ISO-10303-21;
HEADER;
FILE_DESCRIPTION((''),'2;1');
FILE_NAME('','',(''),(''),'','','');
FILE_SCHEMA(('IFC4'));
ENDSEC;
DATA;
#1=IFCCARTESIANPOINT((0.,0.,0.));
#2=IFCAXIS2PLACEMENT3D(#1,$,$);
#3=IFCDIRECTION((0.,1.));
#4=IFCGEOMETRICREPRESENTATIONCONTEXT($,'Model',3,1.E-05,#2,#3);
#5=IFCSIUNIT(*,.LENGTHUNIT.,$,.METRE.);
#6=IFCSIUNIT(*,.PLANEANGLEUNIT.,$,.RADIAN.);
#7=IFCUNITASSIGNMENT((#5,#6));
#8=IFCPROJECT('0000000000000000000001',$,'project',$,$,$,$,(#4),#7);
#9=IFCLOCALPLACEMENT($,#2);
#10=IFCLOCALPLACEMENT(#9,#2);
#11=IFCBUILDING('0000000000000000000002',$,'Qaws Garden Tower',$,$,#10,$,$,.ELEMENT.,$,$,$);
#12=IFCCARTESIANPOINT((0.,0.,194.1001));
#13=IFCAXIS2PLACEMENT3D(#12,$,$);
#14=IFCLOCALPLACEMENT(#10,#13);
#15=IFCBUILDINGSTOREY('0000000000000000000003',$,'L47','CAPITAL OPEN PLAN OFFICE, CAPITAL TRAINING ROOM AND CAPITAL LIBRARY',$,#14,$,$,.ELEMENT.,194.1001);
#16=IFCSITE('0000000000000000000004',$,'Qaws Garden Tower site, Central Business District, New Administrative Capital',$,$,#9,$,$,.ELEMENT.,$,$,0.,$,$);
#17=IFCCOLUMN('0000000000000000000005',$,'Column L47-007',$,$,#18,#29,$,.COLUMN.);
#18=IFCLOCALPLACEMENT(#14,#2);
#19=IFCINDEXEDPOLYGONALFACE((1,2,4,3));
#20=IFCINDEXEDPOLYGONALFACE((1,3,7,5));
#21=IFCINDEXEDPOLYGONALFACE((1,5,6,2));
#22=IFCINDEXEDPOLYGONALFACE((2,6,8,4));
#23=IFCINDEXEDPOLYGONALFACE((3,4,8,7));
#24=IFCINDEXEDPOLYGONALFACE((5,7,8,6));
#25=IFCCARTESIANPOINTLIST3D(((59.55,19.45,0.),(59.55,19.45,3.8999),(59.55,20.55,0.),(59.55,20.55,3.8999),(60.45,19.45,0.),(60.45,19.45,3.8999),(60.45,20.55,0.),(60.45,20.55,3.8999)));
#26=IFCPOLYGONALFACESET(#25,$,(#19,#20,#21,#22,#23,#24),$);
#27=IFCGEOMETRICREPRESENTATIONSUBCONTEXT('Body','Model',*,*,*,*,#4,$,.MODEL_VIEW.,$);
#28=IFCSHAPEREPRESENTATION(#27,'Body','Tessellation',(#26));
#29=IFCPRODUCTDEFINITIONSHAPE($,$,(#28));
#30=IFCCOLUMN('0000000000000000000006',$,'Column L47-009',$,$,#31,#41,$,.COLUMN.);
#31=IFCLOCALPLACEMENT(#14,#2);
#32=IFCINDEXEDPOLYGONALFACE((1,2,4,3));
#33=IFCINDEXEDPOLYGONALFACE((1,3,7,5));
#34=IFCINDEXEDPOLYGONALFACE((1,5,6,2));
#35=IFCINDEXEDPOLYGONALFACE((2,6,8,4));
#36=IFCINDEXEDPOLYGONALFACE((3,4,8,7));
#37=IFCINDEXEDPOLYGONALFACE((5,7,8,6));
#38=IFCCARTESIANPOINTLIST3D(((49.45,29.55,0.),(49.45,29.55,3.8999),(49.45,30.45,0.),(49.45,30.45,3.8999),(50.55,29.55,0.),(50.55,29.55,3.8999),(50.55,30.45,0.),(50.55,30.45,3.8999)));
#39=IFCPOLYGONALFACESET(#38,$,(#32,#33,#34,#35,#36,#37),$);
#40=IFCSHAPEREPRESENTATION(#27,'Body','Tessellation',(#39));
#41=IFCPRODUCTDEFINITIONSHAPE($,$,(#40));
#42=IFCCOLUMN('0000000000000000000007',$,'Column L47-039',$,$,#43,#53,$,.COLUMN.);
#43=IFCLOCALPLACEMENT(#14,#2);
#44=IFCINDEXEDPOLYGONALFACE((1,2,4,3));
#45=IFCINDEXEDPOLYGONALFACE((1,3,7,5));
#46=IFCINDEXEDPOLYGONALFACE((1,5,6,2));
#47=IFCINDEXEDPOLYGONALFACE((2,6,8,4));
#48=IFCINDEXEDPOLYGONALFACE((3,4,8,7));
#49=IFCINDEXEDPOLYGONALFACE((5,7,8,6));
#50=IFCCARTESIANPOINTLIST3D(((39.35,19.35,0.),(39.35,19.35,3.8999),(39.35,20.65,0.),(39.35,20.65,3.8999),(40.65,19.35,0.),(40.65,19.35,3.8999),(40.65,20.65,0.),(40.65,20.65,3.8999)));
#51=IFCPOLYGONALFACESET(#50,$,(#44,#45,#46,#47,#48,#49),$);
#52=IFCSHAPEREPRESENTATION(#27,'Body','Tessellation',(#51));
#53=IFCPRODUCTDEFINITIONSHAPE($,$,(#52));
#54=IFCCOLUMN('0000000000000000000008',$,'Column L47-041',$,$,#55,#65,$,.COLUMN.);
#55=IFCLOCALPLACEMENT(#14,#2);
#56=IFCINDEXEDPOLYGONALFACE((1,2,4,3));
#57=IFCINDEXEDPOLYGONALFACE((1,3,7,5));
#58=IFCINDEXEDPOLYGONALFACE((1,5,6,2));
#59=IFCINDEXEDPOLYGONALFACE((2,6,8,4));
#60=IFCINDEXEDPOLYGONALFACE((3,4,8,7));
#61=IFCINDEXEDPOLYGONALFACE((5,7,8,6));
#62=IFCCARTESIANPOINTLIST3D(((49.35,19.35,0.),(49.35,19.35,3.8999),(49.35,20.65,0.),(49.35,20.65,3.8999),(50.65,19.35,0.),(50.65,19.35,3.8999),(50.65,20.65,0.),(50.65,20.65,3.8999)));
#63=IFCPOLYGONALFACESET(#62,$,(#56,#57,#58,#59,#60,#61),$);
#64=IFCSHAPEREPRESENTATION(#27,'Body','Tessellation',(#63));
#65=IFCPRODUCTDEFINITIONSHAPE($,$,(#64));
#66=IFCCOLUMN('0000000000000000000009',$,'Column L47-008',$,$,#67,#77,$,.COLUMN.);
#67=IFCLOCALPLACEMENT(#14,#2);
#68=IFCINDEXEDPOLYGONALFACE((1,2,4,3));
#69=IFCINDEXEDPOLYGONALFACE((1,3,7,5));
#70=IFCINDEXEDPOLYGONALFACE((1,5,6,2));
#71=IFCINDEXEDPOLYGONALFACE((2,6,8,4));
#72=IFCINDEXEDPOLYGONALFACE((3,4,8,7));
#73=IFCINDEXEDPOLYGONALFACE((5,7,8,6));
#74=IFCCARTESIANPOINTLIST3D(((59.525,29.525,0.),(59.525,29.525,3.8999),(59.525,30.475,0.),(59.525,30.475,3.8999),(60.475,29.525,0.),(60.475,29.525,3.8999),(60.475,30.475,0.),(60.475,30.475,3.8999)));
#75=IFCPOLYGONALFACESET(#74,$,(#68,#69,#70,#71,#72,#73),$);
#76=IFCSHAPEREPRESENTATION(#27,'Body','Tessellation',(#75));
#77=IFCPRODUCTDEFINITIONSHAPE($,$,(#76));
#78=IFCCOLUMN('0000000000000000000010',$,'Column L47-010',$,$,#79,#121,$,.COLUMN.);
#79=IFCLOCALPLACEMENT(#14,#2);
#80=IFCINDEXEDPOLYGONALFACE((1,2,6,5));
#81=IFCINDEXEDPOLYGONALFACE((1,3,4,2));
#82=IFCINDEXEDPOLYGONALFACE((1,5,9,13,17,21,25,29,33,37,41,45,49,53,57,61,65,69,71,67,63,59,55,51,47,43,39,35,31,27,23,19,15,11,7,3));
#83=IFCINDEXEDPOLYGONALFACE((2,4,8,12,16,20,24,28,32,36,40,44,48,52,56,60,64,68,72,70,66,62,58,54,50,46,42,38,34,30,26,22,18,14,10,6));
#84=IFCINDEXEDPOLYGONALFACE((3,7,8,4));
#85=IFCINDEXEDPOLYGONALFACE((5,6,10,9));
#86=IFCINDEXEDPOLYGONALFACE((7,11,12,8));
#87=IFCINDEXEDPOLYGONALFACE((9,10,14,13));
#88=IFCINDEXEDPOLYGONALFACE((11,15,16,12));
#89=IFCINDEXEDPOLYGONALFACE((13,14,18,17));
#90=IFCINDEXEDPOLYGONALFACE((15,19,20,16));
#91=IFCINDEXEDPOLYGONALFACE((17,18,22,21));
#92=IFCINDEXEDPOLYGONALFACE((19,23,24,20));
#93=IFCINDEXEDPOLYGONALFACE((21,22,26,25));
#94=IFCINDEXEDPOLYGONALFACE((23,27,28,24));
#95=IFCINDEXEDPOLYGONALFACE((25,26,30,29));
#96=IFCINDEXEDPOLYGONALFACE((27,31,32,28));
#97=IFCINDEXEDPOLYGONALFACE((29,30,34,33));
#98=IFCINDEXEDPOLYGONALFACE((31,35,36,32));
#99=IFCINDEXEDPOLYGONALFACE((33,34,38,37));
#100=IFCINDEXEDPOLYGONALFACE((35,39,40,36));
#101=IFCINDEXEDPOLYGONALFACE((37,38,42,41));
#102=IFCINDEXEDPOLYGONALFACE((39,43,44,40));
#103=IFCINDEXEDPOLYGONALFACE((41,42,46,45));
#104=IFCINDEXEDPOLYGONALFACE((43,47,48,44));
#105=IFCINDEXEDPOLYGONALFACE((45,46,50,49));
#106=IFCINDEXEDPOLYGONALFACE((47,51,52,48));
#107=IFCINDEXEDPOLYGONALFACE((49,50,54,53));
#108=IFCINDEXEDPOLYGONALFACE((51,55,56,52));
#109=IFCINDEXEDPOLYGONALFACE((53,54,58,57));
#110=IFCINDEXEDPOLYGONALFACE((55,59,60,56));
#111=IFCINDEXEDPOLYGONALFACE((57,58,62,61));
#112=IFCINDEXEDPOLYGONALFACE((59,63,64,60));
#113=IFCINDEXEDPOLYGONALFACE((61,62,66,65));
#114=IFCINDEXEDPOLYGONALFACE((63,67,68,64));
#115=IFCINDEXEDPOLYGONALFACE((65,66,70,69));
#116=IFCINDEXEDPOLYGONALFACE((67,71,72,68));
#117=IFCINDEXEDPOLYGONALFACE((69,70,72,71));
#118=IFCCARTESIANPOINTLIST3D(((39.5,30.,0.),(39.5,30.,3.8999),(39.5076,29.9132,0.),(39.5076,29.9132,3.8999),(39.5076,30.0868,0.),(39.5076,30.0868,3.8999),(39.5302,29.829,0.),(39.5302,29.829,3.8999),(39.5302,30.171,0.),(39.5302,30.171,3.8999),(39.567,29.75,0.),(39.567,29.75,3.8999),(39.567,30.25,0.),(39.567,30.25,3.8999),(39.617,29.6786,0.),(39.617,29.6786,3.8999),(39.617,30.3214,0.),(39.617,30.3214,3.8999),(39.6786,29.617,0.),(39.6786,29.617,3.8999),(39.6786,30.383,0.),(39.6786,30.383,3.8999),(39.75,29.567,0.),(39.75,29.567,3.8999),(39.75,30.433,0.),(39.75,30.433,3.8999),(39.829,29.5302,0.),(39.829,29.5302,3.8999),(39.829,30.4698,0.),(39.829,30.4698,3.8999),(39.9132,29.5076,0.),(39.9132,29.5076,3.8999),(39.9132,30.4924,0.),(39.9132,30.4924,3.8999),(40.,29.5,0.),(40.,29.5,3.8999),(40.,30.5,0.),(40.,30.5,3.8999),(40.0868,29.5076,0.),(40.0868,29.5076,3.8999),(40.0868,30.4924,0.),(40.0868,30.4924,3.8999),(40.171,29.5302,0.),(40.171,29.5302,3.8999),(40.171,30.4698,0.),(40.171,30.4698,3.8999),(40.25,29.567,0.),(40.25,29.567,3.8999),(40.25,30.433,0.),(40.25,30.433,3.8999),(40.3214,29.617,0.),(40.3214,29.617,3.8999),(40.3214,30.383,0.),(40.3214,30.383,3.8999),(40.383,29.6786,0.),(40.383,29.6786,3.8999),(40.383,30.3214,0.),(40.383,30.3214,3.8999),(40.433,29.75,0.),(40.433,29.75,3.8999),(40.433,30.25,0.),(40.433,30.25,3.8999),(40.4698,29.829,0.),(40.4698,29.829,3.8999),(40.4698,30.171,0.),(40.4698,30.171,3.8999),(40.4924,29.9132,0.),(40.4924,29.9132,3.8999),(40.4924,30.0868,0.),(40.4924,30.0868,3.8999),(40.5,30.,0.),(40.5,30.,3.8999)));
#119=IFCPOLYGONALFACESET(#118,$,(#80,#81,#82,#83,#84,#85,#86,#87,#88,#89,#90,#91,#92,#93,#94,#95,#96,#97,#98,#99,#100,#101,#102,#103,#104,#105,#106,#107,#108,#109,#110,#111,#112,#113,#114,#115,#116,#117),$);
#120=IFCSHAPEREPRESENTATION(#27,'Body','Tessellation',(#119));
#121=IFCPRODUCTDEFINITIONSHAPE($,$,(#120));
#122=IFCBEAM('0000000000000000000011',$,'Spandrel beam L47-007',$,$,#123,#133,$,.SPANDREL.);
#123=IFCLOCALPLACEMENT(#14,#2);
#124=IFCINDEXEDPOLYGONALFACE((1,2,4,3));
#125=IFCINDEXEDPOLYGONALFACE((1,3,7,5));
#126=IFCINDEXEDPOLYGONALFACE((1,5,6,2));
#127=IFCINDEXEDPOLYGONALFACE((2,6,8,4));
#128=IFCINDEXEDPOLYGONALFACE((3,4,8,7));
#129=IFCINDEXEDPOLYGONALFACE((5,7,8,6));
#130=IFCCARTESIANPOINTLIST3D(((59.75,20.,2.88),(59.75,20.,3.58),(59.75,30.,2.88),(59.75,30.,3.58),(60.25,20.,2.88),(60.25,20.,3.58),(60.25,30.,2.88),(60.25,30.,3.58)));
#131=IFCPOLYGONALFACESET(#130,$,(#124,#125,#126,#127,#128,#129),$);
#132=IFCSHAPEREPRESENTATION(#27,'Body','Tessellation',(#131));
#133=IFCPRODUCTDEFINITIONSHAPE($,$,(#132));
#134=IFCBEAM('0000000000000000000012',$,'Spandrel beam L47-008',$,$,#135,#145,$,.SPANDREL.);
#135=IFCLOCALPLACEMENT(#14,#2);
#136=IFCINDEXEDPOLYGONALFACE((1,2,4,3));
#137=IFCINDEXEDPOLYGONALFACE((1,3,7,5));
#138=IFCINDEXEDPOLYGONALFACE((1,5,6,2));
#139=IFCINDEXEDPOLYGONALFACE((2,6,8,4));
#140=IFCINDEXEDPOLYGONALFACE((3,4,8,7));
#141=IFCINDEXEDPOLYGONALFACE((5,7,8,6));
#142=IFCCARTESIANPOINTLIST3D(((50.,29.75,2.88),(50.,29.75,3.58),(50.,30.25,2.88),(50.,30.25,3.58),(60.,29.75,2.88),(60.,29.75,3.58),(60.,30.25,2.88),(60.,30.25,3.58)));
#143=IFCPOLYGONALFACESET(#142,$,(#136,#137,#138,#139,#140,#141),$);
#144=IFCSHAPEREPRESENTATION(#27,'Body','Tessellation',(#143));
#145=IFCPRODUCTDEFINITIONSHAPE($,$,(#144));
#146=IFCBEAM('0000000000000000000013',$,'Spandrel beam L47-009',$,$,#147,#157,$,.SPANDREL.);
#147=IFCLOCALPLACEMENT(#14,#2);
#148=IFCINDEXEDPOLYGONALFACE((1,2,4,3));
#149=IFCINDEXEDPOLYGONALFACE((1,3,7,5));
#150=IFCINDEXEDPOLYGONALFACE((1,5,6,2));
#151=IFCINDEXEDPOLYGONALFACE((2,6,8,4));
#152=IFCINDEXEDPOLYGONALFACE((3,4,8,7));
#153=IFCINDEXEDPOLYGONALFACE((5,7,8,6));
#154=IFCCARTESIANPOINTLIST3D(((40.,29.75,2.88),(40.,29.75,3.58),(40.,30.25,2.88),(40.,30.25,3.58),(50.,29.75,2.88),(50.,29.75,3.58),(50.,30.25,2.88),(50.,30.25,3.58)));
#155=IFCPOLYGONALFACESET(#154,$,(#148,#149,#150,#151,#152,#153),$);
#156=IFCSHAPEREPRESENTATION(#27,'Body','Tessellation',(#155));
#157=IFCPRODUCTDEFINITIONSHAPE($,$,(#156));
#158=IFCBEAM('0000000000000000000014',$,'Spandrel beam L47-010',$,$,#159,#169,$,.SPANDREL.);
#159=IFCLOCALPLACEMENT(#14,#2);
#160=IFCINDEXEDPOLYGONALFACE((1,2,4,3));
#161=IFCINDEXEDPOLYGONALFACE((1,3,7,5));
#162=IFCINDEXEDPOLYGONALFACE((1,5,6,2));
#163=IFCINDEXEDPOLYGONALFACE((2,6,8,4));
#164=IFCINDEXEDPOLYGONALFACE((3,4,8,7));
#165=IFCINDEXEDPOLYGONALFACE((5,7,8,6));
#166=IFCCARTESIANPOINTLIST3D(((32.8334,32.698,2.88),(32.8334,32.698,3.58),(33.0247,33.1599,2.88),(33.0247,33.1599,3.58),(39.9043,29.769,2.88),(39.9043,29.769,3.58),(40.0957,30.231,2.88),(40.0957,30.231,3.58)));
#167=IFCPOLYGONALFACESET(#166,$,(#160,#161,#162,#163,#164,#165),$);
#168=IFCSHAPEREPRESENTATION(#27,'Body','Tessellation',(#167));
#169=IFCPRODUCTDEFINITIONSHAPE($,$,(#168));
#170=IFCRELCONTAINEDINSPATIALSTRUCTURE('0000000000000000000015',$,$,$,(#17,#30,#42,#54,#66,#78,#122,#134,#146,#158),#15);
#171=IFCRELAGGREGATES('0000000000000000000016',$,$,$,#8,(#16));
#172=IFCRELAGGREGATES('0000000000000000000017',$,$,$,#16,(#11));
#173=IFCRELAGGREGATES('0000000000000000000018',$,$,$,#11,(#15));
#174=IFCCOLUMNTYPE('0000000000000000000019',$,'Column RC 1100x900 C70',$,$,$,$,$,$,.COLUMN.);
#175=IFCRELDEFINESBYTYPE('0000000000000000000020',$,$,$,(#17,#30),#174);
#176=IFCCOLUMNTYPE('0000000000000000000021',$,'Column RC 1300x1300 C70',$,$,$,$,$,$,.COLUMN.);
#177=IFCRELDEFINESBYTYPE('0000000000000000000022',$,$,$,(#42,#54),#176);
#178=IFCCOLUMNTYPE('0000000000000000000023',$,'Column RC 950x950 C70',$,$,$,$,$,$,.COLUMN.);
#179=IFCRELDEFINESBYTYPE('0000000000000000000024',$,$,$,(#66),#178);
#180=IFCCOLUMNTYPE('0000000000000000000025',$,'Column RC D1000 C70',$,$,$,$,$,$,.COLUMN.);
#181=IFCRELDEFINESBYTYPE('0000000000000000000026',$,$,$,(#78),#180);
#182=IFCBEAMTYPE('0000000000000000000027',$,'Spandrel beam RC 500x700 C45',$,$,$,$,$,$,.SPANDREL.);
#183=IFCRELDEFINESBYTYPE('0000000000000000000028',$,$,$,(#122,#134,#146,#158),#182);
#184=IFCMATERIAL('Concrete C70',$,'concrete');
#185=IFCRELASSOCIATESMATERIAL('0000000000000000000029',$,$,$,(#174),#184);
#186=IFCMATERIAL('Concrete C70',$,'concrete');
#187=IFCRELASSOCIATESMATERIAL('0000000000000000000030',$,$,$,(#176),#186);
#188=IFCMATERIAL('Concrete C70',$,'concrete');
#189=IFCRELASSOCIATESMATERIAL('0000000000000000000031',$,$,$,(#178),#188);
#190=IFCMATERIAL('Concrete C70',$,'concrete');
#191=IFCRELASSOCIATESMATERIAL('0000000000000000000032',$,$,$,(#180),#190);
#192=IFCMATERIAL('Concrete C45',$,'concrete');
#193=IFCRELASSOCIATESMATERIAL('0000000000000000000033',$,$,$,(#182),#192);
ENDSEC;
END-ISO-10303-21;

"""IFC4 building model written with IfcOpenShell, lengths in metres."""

from ifc_helpers import new_model, si_unit, direction, frame, origin, origin_2d, place, context, subcontext, project, spatial, rectangle, circle, extrude, material, material_profile, profile_set, type_object, element, save


model = new_model("IFC4")

# Units and contexts
model_context = context("Model", 3, precision=1e-05, world=origin(), true_north=direction((0.0, 1.0)))
body_context = subcontext(model_context, "Body", "Model", "MODEL_VIEW")
ifc_project = project(units=[si_unit("LENGTHUNIT", "METRE"), si_unit("PLANEANGLEUNIT", "RADIAN")], contexts=[model_context])

# Site, building, storey
site_placement = place(None, origin())
site = spatial("IfcSite", under=ifc_project, at=site_placement, Name="Qaws Garden Tower site, Central Business District, New Administrative Capital", CompositionType="ELEMENT", RefElevation=0.0)
building_placement = place(site_placement, origin())
building = spatial("IfcBuilding", under=site, at=building_placement, Name="Qaws Garden Tower", CompositionType="ELEMENT")
storey_placement = place(building_placement, frame((0.0, 0.0, 194.1001)))
storey = spatial("IfcBuildingStorey", under=building, at=storey_placement, Name="L47", Description="CAPITAL OPEN PLAN OFFICE, CAPITAL TRAINING ROOM AND CAPITAL LIBRARY", CompositionType="ELEMENT", Elevation=194.1001)

# Columns
ifc_material_1 = material(Name="Concrete C70", Category="concrete")
ifc_material_profile_1 = material_profile(ifc_material_1, rectangle(XDim=1.1001, YDim=0.8999, at=origin_2d()), Name="RC 1100x900")
ifc_profile_set_1 = profile_set([ifc_material_profile_1], Name="Concrete C70")
column_type_1 = type_object("IfcColumnType", Name="Column RC 1100x900 C70", PredefinedType="COLUMN", material=ifc_profile_set_1)
for number, where, z_axis, x_axis, name in (
    (1, (60.0, 20.0, 0.0), (0.0, 0.0, 1.0), (0.0, 1.0, 0.0), "Column L47-007"),
    (2, (50.0, 30.0, 0.0), (0.0, 0.0, 1.0), (1.0, 0.0, 0.0), "Column L47-009"),
):
    element("IfcColumn", number, at=place(storey_placement, frame(where, z_axis=z_axis, x_axis=x_axis)), inside=storey, type_object=column_type_1, Name=name, PredefinedType="COLUMN", context=body_context, shape_type="SweptSolid", body=[
        extrude(rectangle(XDim=1.1001, YDim=0.8999, at=origin_2d()), origin(), (0.0, 0.0, 1.0), 3.8999),
    ])
ifc_material_2 = material(Name="Concrete C70", Category="concrete")
ifc_material_profile_2 = material_profile(ifc_material_2, rectangle(XDim=1.3, YDim=1.3, at=origin_2d()), Name="RC 1300x1300")
ifc_profile_set_2 = profile_set([ifc_material_profile_2], Name="Concrete C70")
column_type_2 = type_object("IfcColumnType", Name="Column RC 1300x1300 C70", PredefinedType="COLUMN", material=ifc_profile_set_2)
for number, where, z_axis, x_axis, name in (
    (3, (40.0, 20.0, 0.0), (0.0, 0.0, 1.0), (1.0, 0.0, 0.0), "Column L47-039"),
    (4, (50.0, 20.0, 0.0), (0.0, 0.0, 1.0), (1.0, 0.0, 0.0), "Column L47-041"),
):
    element("IfcColumn", number, at=place(storey_placement, frame(where, z_axis=z_axis, x_axis=x_axis)), inside=storey, type_object=column_type_2, Name=name, PredefinedType="COLUMN", context=body_context, shape_type="SweptSolid", body=[
        extrude(rectangle(XDim=1.3, YDim=1.3, at=origin_2d()), origin(), (0.0, 0.0, 1.0), 3.8999),
    ])
ifc_material_3 = material(Name="Concrete C70", Category="concrete")
ifc_material_profile_3 = material_profile(ifc_material_3, rectangle(XDim=0.95, YDim=0.95, at=origin_2d()), Name="RC 950x950")
ifc_profile_set_3 = profile_set([ifc_material_profile_3], Name="Concrete C70")
column_type_3 = type_object("IfcColumnType", Name="Column RC 950x950 C70", PredefinedType="COLUMN", material=ifc_profile_set_3)
column_1_placement = place(storey_placement, frame((60.0, 30.0, 0.0), z_axis=(0.0, 0.0, 1.0), x_axis=(1.0, 0.0, 0.0)))
element("IfcColumn", 5, at=column_1_placement, inside=storey, type_object=column_type_3, Name="Column L47-008", PredefinedType="COLUMN", context=body_context, shape_type="SweptSolid", body=[
    extrude(rectangle(XDim=0.95, YDim=0.95, at=origin_2d()), origin(), (0.0, 0.0, 1.0), 3.8999),
])
ifc_material_4 = material(Name="Concrete C70", Category="concrete")
ifc_material_profile_4 = material_profile(ifc_material_4, circle(Radius=0.5, at=origin_2d()), Name="RC D1000")
ifc_profile_set_4 = profile_set([ifc_material_profile_4], Name="Concrete C70")
column_type_4 = type_object("IfcColumnType", Name="Column RC D1000 C70", PredefinedType="COLUMN", material=ifc_profile_set_4)
column_2_placement = place(storey_placement, frame((40.0, 30.0, 0.0), z_axis=(0.0, 0.0, 1.0), x_axis=(1.0, 0.0, 0.0)))
element("IfcColumn", 6, at=column_2_placement, inside=storey, type_object=column_type_4, Name="Column L47-010", PredefinedType="COLUMN", context=body_context, shape_type="SweptSolid", body=[
    extrude(circle(Radius=0.5, at=origin_2d()), origin(), (0.0, 0.0, 1.0), 3.8999),
])

# Beams
ifc_material_5 = material(Name="Concrete C45", Category="concrete")
ifc_material_profile_5 = material_profile(ifc_material_5, rectangle(XDim=0.5, YDim=0.7, at=origin_2d()), Name="RC 500x700")
ifc_profile_set_5 = profile_set([ifc_material_profile_5], Name="Concrete C45")
beam_type = type_object("IfcBeamType", Name="Spandrel beam RC 500x700 C45", PredefinedType="SPANDREL", material=ifc_profile_set_5)
for number, where, z_axis, x_axis, name in (
    (7, (60.0, 20.0, 3.23), (0.0, 1.0, 0.0), (-1.0, 0.0, 0.0), "Spandrel beam L47-007"),
    (8, (60.0, 30.0, 3.23), (-1.0, 0.0, 0.0), (0.0, -1.0, 0.0), "Spandrel beam L47-008"),
    (9, (50.0, 30.0, 3.23), (-1.0, 0.0, 0.0), (0.0, -1.0, 0.0), "Spandrel beam L47-009"),
):
    element("IfcBeam", number, at=place(storey_placement, frame(where, z_axis=z_axis, x_axis=x_axis)), inside=storey, type_object=beam_type, Name=name, PredefinedType="SPANDREL", context=body_context, shape_type="SweptSolid", body=[
        extrude(rectangle(XDim=0.5, YDim=0.7, at=origin_2d()), origin(), (0.0, 0.0, 1.0), 10.0),
    ])
beam_placement = place(storey_placement, frame((40.0, 30.0, 3.23), z_axis=(-0.923878, 0.382687, 0.0), x_axis=(-0.382687, -0.923878, 0.0)))
element("IfcBeam", 10, at=beam_placement, inside=storey, type_object=beam_type, Name="Spandrel beam L47-010", PredefinedType="SPANDREL", context=body_context, shape_type="SweptSolid", body=[
    extrude(rectangle(XDim=0.5, YDim=0.7, at=origin_2d()), origin(), (0.0, 0.0, 1.0), 7.6536),
])

save(model, "model.ifc")
